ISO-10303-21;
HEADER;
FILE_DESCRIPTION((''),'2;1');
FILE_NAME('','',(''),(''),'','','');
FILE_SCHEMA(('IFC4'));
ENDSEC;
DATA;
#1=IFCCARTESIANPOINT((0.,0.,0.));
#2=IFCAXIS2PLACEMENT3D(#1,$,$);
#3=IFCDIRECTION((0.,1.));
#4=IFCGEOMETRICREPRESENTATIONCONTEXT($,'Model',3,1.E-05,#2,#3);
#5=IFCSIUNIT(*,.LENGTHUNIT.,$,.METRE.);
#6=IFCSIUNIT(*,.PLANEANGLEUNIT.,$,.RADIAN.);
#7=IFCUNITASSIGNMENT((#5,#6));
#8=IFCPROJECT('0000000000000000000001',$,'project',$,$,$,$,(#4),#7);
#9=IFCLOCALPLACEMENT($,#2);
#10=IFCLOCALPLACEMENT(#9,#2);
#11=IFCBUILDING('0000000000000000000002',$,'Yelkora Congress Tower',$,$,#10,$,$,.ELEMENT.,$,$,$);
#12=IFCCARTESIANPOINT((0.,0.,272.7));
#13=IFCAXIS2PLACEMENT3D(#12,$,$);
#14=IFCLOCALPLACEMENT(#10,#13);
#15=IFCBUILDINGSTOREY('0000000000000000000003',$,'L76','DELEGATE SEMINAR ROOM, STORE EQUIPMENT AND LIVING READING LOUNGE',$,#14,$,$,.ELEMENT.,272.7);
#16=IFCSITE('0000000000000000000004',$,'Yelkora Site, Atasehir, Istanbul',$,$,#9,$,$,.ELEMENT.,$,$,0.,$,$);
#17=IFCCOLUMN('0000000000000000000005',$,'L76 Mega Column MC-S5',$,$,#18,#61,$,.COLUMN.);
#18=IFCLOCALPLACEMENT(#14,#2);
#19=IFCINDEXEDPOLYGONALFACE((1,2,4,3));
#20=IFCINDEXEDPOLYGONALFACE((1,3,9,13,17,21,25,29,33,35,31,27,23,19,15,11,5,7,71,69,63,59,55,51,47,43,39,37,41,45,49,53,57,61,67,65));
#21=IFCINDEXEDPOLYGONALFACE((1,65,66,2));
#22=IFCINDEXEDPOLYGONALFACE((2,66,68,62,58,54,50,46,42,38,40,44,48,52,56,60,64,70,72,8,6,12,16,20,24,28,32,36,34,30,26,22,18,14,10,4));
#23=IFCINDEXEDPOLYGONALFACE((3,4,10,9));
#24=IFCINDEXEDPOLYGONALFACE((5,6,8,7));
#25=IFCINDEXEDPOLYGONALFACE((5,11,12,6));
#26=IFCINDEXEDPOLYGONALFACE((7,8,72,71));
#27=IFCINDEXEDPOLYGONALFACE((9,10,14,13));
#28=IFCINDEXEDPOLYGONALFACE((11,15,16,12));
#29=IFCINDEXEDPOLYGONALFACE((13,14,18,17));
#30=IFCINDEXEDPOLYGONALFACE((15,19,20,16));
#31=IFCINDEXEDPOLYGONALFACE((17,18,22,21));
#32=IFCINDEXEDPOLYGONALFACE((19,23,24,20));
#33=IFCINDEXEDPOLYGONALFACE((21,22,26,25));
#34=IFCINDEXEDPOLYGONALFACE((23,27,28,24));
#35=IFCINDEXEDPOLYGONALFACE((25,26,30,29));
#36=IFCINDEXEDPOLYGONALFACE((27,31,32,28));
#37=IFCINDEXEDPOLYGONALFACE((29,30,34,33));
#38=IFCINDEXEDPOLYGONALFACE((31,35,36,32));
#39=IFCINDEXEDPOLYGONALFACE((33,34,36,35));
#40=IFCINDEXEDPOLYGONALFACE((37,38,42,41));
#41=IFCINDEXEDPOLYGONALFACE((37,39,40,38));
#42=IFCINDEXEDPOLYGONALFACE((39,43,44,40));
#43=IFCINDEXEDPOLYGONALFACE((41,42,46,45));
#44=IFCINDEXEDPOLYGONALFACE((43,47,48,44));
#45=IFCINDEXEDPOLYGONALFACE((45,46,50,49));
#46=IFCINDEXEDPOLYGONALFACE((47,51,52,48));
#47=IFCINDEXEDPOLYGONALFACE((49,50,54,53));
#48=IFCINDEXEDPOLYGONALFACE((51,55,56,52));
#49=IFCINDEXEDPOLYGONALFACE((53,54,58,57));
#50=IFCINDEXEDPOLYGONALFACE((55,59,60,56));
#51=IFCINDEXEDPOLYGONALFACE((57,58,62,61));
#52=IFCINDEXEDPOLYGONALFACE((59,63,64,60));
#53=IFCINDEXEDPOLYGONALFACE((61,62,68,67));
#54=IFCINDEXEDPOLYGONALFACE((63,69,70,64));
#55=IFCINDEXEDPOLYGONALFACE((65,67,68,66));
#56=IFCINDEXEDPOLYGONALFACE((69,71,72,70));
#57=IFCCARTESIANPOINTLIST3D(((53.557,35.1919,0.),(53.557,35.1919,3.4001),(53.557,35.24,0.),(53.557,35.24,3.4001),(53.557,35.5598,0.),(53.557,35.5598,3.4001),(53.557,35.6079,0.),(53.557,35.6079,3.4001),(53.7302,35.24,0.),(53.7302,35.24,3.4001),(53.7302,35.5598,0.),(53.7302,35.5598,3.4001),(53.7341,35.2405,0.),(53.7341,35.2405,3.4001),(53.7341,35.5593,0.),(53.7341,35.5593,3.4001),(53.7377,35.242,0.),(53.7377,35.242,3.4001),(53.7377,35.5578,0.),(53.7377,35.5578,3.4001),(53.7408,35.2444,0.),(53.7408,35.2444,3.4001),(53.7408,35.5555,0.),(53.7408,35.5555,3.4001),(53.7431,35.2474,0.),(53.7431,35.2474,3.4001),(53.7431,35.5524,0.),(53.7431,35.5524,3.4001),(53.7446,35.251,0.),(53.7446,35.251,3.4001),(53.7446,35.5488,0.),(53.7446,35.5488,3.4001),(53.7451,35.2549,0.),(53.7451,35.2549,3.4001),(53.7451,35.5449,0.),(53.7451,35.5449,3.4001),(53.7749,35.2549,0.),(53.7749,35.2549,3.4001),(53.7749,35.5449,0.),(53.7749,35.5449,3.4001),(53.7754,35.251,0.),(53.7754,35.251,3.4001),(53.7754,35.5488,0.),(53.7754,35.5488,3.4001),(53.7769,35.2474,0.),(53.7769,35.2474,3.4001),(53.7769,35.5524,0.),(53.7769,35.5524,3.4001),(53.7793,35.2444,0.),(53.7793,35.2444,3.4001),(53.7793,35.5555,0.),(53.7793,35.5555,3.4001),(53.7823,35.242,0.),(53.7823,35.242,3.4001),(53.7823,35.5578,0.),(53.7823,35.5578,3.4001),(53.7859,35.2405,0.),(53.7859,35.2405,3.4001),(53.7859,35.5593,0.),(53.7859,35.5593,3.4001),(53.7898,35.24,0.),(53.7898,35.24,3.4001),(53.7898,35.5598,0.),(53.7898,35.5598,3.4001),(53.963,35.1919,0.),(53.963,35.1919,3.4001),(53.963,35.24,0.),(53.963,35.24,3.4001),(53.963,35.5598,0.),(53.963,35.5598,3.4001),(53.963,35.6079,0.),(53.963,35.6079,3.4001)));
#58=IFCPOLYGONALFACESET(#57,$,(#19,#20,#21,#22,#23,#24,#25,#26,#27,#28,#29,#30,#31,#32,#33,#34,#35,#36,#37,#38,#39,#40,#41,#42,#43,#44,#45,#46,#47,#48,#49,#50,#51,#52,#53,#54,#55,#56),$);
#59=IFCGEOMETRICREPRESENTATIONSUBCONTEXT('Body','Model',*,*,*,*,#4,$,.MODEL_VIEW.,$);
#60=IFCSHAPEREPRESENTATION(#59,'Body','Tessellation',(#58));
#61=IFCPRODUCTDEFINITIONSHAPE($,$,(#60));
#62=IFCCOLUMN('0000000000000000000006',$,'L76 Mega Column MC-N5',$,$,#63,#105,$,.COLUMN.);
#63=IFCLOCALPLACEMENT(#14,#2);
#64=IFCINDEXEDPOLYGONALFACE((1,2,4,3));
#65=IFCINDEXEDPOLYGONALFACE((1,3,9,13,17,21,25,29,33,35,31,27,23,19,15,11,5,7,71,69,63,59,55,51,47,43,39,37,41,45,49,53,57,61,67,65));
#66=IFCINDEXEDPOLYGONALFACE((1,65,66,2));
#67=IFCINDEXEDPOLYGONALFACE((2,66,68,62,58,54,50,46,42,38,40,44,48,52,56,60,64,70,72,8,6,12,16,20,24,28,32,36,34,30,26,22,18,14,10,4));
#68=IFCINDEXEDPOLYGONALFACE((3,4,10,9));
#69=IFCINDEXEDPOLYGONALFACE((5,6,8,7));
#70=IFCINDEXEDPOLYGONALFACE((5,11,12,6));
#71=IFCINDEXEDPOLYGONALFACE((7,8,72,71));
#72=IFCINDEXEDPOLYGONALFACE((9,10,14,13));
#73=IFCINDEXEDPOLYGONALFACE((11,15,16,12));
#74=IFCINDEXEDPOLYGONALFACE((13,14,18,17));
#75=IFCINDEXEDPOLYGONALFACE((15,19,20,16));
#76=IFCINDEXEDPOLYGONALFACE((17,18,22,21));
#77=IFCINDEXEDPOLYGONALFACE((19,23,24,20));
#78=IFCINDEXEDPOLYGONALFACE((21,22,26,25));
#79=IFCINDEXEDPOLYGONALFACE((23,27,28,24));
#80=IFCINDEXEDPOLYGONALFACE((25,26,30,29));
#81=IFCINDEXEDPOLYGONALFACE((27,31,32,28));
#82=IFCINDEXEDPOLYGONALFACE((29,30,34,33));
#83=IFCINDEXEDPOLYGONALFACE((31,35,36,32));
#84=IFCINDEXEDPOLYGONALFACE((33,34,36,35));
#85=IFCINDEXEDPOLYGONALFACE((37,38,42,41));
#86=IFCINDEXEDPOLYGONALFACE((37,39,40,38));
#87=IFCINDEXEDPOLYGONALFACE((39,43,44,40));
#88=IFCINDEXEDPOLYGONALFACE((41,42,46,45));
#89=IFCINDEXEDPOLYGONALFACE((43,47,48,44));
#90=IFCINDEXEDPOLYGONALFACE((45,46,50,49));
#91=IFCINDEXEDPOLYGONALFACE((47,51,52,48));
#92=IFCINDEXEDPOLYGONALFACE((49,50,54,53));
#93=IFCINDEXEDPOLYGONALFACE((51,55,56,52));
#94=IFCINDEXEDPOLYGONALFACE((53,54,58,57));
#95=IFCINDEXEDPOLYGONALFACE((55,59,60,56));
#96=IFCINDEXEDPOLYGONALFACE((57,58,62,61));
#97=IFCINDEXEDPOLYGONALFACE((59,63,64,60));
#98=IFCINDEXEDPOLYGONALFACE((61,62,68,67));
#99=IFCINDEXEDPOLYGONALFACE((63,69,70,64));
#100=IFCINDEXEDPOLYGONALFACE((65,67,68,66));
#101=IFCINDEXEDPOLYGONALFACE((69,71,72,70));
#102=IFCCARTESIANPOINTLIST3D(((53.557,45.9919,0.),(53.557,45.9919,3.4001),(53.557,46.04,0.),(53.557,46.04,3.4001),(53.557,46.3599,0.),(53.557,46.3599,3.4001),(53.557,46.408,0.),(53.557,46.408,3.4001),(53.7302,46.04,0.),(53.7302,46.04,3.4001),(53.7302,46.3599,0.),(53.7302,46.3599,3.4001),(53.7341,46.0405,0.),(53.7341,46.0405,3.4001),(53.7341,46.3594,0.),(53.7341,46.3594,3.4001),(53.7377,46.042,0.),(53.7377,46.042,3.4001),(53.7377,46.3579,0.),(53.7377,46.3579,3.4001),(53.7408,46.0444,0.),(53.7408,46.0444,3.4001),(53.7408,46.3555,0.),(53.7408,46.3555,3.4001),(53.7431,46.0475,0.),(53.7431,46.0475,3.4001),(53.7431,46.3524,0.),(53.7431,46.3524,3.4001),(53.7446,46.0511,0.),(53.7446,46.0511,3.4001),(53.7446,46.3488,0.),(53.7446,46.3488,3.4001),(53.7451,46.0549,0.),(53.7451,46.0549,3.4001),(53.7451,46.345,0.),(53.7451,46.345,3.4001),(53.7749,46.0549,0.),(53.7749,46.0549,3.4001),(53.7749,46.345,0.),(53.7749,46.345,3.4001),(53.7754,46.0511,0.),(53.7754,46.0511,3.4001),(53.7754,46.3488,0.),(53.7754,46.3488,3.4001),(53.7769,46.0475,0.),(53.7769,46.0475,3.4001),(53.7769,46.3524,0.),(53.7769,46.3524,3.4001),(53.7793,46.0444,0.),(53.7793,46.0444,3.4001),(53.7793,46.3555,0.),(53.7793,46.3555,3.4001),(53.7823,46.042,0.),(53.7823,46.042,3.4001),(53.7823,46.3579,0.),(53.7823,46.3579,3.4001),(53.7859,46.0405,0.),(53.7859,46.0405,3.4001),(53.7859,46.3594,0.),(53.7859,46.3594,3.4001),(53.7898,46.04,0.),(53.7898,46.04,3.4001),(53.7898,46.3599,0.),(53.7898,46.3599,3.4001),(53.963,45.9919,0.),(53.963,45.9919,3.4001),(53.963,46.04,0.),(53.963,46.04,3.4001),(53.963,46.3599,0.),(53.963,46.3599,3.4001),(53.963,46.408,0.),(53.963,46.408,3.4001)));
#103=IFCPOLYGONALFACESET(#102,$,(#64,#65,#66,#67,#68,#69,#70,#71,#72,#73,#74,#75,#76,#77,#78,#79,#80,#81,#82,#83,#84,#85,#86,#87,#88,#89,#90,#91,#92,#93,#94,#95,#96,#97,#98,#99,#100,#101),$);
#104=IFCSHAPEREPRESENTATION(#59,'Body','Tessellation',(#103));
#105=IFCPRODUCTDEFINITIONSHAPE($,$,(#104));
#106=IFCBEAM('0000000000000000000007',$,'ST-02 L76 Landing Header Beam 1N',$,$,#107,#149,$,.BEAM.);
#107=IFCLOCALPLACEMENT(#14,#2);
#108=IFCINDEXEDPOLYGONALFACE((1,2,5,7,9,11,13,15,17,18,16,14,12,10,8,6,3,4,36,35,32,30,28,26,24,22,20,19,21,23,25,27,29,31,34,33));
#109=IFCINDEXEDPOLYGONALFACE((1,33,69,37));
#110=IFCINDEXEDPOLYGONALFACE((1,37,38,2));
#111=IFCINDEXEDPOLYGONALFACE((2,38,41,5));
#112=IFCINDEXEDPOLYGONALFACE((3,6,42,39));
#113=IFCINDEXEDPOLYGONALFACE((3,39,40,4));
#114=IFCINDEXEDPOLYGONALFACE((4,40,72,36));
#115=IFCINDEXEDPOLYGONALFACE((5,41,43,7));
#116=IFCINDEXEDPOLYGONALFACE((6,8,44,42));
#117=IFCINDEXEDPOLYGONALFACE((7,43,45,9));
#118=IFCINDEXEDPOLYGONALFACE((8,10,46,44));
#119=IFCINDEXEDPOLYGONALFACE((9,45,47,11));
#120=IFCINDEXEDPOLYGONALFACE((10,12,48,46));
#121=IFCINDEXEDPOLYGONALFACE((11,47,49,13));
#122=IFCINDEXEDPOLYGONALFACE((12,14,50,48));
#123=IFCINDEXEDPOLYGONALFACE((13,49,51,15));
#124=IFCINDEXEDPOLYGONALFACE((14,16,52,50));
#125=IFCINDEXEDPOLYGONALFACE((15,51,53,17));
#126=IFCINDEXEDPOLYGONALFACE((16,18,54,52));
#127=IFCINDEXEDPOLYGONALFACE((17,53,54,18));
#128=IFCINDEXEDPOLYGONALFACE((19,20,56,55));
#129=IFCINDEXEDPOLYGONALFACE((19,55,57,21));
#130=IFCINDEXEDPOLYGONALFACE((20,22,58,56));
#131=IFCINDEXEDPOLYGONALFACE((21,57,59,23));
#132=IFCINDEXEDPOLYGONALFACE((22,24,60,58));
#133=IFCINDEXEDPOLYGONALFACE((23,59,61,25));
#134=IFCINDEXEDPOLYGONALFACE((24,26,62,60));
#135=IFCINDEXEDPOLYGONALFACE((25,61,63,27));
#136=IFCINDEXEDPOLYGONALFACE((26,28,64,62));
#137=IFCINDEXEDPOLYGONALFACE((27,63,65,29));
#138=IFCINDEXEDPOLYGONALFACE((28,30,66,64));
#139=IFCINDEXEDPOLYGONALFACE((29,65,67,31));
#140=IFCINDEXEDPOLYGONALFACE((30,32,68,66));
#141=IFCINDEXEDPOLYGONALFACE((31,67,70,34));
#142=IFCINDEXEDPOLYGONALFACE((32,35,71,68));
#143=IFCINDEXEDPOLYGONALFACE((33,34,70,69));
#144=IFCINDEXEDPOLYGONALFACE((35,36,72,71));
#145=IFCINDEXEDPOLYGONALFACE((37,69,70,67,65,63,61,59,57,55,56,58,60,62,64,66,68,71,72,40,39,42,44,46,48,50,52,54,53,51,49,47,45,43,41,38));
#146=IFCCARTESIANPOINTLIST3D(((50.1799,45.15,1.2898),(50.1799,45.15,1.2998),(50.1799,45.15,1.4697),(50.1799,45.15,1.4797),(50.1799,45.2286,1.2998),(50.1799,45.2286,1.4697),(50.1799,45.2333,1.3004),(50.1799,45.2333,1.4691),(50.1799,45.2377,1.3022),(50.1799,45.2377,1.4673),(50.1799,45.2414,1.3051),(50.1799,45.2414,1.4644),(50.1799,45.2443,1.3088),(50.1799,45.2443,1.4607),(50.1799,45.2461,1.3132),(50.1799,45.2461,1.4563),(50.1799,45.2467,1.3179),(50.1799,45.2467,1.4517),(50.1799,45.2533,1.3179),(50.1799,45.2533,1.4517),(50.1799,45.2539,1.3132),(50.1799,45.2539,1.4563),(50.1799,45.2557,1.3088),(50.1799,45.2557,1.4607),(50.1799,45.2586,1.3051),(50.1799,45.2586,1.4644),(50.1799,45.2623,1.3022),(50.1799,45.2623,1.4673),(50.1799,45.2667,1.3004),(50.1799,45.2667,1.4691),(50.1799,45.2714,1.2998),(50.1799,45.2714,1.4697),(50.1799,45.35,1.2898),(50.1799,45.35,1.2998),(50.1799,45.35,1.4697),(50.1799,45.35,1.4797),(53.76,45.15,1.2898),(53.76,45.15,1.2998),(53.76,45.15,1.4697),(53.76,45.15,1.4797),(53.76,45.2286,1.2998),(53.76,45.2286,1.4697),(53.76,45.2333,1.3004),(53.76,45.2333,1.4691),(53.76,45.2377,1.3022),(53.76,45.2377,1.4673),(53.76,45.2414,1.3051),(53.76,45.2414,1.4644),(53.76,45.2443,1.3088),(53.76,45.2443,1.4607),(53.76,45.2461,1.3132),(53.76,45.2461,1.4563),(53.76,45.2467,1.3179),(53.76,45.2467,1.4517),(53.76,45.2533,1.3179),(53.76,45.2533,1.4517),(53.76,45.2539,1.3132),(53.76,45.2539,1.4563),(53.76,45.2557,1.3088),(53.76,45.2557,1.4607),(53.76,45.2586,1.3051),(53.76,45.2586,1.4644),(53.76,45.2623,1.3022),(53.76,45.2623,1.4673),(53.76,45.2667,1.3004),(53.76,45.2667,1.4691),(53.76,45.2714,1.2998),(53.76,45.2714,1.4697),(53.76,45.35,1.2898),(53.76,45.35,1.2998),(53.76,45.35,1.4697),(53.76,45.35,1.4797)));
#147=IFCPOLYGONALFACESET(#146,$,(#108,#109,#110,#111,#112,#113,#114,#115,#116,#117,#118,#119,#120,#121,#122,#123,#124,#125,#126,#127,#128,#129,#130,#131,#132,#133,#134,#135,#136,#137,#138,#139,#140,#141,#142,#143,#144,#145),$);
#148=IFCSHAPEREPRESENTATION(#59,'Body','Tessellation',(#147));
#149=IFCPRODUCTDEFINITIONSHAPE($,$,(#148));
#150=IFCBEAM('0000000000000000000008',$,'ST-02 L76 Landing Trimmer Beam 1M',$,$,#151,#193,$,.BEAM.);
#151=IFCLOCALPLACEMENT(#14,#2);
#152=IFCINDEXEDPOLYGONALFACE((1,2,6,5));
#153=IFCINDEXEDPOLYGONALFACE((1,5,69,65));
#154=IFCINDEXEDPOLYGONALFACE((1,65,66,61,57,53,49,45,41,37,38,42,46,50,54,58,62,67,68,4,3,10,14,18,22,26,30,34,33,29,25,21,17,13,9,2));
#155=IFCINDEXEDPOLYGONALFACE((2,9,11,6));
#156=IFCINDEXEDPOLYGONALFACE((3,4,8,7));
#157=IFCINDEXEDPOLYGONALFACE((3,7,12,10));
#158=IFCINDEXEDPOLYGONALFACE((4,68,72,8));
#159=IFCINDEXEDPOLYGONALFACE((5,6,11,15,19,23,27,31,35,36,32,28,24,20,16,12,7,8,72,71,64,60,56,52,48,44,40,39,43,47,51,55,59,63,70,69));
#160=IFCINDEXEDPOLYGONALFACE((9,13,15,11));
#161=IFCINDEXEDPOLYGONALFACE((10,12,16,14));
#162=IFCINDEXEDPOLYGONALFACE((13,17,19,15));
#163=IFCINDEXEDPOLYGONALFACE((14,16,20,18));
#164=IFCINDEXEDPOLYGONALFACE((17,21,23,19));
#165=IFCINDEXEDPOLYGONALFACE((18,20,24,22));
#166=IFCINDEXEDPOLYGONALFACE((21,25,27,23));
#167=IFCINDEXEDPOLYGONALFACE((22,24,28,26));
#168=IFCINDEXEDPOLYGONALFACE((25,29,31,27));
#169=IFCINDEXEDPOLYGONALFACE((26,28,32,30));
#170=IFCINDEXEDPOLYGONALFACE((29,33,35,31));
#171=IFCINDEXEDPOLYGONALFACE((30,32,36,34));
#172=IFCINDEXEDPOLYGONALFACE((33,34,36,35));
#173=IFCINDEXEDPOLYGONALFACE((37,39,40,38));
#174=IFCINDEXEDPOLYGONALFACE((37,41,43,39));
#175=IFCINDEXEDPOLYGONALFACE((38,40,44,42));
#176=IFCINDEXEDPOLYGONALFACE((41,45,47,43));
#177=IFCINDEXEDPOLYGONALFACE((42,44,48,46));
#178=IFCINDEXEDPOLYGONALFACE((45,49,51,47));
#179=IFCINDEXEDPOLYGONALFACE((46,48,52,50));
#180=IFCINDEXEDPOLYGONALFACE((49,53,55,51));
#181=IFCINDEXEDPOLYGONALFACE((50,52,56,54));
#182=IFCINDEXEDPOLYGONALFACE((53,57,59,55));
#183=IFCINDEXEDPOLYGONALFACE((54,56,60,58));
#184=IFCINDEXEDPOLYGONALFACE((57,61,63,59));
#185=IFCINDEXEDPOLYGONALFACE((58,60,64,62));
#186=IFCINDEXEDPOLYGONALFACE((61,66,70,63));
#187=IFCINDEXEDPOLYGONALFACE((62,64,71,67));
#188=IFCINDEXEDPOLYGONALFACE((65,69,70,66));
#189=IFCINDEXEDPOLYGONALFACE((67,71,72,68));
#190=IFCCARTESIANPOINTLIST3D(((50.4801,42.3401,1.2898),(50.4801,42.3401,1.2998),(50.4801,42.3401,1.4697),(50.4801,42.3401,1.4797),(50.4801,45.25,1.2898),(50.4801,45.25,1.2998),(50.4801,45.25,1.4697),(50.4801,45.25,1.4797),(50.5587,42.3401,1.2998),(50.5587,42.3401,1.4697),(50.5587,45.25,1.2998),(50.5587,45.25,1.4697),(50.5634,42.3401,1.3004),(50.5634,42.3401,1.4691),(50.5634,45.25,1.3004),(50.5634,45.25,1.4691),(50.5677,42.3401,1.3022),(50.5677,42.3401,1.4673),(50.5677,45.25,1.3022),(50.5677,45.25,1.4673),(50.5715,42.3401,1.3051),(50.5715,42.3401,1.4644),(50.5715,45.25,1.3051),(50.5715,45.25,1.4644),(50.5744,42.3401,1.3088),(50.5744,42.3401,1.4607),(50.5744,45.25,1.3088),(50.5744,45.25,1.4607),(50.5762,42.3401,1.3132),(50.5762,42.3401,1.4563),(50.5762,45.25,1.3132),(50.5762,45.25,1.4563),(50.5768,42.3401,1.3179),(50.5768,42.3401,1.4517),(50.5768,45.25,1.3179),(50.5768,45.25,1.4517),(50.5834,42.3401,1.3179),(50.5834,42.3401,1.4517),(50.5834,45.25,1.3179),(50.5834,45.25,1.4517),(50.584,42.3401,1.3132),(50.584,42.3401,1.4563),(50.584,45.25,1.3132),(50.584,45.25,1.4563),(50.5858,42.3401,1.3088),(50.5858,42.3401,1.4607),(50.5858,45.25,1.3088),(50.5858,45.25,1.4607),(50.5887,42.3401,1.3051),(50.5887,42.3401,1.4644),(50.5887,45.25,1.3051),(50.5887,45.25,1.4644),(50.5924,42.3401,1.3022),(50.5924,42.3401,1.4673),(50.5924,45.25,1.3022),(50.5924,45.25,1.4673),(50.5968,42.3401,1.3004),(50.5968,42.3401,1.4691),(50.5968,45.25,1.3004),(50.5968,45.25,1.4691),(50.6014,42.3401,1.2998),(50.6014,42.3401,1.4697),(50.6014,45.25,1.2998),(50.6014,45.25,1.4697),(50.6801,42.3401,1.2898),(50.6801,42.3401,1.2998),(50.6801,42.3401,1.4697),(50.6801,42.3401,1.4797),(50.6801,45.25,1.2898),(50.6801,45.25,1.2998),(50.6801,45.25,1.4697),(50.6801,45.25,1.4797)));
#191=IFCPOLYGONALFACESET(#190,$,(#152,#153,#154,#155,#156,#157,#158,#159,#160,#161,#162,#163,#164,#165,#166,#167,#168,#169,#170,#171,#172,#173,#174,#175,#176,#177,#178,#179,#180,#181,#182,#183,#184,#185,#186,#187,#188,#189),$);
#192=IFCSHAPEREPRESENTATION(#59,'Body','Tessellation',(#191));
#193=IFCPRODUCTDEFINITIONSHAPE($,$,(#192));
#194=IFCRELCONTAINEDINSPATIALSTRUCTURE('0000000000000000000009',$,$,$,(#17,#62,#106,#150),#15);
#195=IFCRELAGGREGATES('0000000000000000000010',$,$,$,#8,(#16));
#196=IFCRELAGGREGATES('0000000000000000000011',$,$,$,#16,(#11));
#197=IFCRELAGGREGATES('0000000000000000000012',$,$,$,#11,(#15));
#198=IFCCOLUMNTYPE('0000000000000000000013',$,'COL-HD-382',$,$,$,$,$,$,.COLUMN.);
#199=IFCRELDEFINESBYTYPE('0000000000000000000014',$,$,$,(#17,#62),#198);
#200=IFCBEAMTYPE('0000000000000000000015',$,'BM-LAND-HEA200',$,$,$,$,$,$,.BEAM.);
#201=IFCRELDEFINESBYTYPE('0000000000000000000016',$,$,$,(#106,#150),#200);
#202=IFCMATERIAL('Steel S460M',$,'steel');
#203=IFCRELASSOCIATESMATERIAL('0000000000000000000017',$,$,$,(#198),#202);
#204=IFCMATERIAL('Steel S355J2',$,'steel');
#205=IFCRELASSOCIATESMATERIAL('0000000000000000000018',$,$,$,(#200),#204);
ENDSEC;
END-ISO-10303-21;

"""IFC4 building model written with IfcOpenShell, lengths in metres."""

from ifc_helpers import new_model, si_unit, direction, frame, origin, origin_2d, place, context, subcontext, project, spatial, i_section, extrude, material, material_profile, profile_set, type_object, element, save


model = new_model("IFC4")

# Units and contexts
model_context = context("Model", 3, precision=1e-05, world=origin(), true_north=direction((0.0, 1.0)))
body_context = subcontext(model_context, "Body", "Model", "MODEL_VIEW")
ifc_project = project(units=[si_unit("LENGTHUNIT", "METRE"), si_unit("PLANEANGLEUNIT", "RADIAN")], contexts=[model_context])

# Site, building, storey
site_placement = place(None, origin())
site = spatial("IfcSite", under=ifc_project, at=site_placement, Name="Yelkora Site, Atasehir, Istanbul", CompositionType="ELEMENT", RefElevation=0.0)
building_placement = place(site_placement, origin())
building = spatial("IfcBuilding", under=site, at=building_placement, Name="Yelkora Congress Tower", CompositionType="ELEMENT")
storey_placement = place(building_placement, frame((0.0, 0.0, 272.7)))
storey = spatial("IfcBuildingStorey", under=building, at=storey_placement, Name="L76", Description="DELEGATE SEMINAR ROOM, STORE EQUIPMENT AND LIVING READING LOUNGE", CompositionType="ELEMENT", Elevation=272.7)

# Columns
ifc_material_1 = material(Name="Steel S460M", Category="steel")
ifc_material_profile_1 = material_profile(ifc_material_1, i_section(OverallWidth=0.406, OverallDepth=0.416, WebThickness=0.0298, FlangeThickness=0.0481, FilletRadius=0.0149, at=origin_2d()), Name="HD 400x382")
ifc_profile_set_1 = profile_set([ifc_material_profile_1], Name="Steel S460M")
column_type = type_object("IfcColumnType", Name="COL-HD-382", PredefinedType="COLUMN", material=ifc_profile_set_1)
for number, where, z_axis, x_axis, name in (
    (1, (53.76, 35.3999, 0.0), (0.0, 0.0, 1.0), (1.0, 0.0, 0.0), "L76 Mega Column MC-S5"),
    (2, (53.76, 46.2, 0.0), (0.0, 0.0, 1.0), (1.0, 0.0, 0.0), "L76 Mega Column MC-N5"),
):
    element("IfcColumn", number, at=place(storey_placement, frame(where, z_axis=z_axis, x_axis=x_axis)), inside=storey, type_object=column_type, Name=name, PredefinedType="COLUMN", context=body_context, shape_type="SweptSolid", body=[
        extrude(i_section(OverallWidth=0.406, OverallDepth=0.416, WebThickness=0.0298, FlangeThickness=0.0481, FilletRadius=0.0149, at=origin_2d()), origin(), (0.0, 0.0, 1.0), 3.4001),
    ])

# Beams
ifc_material_2 = material(Name="Steel S355J2", Category="steel")
ifc_material_profile_2 = material_profile(ifc_material_2, i_section(OverallWidth=0.2, OverallDepth=0.1899, WebThickness=0.0066, FlangeThickness=0.01, FilletRadius=0.0181, at=origin_2d()), Name="HEA 200")
ifc_profile_set_2 = profile_set([ifc_material_profile_2], Name="Steel S355J2")
beam_type = type_object("IfcBeamType", Name="BM-LAND-HEA200", PredefinedType="BEAM", material=ifc_profile_set_2)
beam_1_placement = place(storey_placement, frame((50.1799, 45.25, 1.3848), z_axis=(1.0, 0.0, 0.0), x_axis=(0.0, 1.0, 0.0)))
element("IfcBeam", 3, at=beam_1_placement, inside=storey, type_object=beam_type, Name="ST-02 L76 Landing Header Beam 1N", PredefinedType="BEAM", context=body_context, shape_type="SweptSolid", body=[
    extrude(i_section(OverallWidth=0.2, OverallDepth=0.1899, WebThickness=0.0066, FlangeThickness=0.01, FilletRadius=0.0181, at=origin_2d()), origin(), (0.0, 0.0, 1.0), 3.5801),
])
beam_2_placement = place(storey_placement, frame((50.5801, 42.3401, 1.3848), z_axis=(0.0, 1.0, 0.0), x_axis=(-1.0, 0.0, 0.0)))
element("IfcBeam", 4, at=beam_2_placement, inside=storey, type_object=beam_type, Name="ST-02 L76 Landing Trimmer Beam 1M", PredefinedType="BEAM", context=body_context, shape_type="SweptSolid", body=[
    extrude(i_section(OverallWidth=0.2, OverallDepth=0.1899, WebThickness=0.0066, FlangeThickness=0.01, FilletRadius=0.0181, at=origin_2d()), origin(), (0.0, 0.0, 1.0), 2.9099),
])

save(model, "model.ifc")
